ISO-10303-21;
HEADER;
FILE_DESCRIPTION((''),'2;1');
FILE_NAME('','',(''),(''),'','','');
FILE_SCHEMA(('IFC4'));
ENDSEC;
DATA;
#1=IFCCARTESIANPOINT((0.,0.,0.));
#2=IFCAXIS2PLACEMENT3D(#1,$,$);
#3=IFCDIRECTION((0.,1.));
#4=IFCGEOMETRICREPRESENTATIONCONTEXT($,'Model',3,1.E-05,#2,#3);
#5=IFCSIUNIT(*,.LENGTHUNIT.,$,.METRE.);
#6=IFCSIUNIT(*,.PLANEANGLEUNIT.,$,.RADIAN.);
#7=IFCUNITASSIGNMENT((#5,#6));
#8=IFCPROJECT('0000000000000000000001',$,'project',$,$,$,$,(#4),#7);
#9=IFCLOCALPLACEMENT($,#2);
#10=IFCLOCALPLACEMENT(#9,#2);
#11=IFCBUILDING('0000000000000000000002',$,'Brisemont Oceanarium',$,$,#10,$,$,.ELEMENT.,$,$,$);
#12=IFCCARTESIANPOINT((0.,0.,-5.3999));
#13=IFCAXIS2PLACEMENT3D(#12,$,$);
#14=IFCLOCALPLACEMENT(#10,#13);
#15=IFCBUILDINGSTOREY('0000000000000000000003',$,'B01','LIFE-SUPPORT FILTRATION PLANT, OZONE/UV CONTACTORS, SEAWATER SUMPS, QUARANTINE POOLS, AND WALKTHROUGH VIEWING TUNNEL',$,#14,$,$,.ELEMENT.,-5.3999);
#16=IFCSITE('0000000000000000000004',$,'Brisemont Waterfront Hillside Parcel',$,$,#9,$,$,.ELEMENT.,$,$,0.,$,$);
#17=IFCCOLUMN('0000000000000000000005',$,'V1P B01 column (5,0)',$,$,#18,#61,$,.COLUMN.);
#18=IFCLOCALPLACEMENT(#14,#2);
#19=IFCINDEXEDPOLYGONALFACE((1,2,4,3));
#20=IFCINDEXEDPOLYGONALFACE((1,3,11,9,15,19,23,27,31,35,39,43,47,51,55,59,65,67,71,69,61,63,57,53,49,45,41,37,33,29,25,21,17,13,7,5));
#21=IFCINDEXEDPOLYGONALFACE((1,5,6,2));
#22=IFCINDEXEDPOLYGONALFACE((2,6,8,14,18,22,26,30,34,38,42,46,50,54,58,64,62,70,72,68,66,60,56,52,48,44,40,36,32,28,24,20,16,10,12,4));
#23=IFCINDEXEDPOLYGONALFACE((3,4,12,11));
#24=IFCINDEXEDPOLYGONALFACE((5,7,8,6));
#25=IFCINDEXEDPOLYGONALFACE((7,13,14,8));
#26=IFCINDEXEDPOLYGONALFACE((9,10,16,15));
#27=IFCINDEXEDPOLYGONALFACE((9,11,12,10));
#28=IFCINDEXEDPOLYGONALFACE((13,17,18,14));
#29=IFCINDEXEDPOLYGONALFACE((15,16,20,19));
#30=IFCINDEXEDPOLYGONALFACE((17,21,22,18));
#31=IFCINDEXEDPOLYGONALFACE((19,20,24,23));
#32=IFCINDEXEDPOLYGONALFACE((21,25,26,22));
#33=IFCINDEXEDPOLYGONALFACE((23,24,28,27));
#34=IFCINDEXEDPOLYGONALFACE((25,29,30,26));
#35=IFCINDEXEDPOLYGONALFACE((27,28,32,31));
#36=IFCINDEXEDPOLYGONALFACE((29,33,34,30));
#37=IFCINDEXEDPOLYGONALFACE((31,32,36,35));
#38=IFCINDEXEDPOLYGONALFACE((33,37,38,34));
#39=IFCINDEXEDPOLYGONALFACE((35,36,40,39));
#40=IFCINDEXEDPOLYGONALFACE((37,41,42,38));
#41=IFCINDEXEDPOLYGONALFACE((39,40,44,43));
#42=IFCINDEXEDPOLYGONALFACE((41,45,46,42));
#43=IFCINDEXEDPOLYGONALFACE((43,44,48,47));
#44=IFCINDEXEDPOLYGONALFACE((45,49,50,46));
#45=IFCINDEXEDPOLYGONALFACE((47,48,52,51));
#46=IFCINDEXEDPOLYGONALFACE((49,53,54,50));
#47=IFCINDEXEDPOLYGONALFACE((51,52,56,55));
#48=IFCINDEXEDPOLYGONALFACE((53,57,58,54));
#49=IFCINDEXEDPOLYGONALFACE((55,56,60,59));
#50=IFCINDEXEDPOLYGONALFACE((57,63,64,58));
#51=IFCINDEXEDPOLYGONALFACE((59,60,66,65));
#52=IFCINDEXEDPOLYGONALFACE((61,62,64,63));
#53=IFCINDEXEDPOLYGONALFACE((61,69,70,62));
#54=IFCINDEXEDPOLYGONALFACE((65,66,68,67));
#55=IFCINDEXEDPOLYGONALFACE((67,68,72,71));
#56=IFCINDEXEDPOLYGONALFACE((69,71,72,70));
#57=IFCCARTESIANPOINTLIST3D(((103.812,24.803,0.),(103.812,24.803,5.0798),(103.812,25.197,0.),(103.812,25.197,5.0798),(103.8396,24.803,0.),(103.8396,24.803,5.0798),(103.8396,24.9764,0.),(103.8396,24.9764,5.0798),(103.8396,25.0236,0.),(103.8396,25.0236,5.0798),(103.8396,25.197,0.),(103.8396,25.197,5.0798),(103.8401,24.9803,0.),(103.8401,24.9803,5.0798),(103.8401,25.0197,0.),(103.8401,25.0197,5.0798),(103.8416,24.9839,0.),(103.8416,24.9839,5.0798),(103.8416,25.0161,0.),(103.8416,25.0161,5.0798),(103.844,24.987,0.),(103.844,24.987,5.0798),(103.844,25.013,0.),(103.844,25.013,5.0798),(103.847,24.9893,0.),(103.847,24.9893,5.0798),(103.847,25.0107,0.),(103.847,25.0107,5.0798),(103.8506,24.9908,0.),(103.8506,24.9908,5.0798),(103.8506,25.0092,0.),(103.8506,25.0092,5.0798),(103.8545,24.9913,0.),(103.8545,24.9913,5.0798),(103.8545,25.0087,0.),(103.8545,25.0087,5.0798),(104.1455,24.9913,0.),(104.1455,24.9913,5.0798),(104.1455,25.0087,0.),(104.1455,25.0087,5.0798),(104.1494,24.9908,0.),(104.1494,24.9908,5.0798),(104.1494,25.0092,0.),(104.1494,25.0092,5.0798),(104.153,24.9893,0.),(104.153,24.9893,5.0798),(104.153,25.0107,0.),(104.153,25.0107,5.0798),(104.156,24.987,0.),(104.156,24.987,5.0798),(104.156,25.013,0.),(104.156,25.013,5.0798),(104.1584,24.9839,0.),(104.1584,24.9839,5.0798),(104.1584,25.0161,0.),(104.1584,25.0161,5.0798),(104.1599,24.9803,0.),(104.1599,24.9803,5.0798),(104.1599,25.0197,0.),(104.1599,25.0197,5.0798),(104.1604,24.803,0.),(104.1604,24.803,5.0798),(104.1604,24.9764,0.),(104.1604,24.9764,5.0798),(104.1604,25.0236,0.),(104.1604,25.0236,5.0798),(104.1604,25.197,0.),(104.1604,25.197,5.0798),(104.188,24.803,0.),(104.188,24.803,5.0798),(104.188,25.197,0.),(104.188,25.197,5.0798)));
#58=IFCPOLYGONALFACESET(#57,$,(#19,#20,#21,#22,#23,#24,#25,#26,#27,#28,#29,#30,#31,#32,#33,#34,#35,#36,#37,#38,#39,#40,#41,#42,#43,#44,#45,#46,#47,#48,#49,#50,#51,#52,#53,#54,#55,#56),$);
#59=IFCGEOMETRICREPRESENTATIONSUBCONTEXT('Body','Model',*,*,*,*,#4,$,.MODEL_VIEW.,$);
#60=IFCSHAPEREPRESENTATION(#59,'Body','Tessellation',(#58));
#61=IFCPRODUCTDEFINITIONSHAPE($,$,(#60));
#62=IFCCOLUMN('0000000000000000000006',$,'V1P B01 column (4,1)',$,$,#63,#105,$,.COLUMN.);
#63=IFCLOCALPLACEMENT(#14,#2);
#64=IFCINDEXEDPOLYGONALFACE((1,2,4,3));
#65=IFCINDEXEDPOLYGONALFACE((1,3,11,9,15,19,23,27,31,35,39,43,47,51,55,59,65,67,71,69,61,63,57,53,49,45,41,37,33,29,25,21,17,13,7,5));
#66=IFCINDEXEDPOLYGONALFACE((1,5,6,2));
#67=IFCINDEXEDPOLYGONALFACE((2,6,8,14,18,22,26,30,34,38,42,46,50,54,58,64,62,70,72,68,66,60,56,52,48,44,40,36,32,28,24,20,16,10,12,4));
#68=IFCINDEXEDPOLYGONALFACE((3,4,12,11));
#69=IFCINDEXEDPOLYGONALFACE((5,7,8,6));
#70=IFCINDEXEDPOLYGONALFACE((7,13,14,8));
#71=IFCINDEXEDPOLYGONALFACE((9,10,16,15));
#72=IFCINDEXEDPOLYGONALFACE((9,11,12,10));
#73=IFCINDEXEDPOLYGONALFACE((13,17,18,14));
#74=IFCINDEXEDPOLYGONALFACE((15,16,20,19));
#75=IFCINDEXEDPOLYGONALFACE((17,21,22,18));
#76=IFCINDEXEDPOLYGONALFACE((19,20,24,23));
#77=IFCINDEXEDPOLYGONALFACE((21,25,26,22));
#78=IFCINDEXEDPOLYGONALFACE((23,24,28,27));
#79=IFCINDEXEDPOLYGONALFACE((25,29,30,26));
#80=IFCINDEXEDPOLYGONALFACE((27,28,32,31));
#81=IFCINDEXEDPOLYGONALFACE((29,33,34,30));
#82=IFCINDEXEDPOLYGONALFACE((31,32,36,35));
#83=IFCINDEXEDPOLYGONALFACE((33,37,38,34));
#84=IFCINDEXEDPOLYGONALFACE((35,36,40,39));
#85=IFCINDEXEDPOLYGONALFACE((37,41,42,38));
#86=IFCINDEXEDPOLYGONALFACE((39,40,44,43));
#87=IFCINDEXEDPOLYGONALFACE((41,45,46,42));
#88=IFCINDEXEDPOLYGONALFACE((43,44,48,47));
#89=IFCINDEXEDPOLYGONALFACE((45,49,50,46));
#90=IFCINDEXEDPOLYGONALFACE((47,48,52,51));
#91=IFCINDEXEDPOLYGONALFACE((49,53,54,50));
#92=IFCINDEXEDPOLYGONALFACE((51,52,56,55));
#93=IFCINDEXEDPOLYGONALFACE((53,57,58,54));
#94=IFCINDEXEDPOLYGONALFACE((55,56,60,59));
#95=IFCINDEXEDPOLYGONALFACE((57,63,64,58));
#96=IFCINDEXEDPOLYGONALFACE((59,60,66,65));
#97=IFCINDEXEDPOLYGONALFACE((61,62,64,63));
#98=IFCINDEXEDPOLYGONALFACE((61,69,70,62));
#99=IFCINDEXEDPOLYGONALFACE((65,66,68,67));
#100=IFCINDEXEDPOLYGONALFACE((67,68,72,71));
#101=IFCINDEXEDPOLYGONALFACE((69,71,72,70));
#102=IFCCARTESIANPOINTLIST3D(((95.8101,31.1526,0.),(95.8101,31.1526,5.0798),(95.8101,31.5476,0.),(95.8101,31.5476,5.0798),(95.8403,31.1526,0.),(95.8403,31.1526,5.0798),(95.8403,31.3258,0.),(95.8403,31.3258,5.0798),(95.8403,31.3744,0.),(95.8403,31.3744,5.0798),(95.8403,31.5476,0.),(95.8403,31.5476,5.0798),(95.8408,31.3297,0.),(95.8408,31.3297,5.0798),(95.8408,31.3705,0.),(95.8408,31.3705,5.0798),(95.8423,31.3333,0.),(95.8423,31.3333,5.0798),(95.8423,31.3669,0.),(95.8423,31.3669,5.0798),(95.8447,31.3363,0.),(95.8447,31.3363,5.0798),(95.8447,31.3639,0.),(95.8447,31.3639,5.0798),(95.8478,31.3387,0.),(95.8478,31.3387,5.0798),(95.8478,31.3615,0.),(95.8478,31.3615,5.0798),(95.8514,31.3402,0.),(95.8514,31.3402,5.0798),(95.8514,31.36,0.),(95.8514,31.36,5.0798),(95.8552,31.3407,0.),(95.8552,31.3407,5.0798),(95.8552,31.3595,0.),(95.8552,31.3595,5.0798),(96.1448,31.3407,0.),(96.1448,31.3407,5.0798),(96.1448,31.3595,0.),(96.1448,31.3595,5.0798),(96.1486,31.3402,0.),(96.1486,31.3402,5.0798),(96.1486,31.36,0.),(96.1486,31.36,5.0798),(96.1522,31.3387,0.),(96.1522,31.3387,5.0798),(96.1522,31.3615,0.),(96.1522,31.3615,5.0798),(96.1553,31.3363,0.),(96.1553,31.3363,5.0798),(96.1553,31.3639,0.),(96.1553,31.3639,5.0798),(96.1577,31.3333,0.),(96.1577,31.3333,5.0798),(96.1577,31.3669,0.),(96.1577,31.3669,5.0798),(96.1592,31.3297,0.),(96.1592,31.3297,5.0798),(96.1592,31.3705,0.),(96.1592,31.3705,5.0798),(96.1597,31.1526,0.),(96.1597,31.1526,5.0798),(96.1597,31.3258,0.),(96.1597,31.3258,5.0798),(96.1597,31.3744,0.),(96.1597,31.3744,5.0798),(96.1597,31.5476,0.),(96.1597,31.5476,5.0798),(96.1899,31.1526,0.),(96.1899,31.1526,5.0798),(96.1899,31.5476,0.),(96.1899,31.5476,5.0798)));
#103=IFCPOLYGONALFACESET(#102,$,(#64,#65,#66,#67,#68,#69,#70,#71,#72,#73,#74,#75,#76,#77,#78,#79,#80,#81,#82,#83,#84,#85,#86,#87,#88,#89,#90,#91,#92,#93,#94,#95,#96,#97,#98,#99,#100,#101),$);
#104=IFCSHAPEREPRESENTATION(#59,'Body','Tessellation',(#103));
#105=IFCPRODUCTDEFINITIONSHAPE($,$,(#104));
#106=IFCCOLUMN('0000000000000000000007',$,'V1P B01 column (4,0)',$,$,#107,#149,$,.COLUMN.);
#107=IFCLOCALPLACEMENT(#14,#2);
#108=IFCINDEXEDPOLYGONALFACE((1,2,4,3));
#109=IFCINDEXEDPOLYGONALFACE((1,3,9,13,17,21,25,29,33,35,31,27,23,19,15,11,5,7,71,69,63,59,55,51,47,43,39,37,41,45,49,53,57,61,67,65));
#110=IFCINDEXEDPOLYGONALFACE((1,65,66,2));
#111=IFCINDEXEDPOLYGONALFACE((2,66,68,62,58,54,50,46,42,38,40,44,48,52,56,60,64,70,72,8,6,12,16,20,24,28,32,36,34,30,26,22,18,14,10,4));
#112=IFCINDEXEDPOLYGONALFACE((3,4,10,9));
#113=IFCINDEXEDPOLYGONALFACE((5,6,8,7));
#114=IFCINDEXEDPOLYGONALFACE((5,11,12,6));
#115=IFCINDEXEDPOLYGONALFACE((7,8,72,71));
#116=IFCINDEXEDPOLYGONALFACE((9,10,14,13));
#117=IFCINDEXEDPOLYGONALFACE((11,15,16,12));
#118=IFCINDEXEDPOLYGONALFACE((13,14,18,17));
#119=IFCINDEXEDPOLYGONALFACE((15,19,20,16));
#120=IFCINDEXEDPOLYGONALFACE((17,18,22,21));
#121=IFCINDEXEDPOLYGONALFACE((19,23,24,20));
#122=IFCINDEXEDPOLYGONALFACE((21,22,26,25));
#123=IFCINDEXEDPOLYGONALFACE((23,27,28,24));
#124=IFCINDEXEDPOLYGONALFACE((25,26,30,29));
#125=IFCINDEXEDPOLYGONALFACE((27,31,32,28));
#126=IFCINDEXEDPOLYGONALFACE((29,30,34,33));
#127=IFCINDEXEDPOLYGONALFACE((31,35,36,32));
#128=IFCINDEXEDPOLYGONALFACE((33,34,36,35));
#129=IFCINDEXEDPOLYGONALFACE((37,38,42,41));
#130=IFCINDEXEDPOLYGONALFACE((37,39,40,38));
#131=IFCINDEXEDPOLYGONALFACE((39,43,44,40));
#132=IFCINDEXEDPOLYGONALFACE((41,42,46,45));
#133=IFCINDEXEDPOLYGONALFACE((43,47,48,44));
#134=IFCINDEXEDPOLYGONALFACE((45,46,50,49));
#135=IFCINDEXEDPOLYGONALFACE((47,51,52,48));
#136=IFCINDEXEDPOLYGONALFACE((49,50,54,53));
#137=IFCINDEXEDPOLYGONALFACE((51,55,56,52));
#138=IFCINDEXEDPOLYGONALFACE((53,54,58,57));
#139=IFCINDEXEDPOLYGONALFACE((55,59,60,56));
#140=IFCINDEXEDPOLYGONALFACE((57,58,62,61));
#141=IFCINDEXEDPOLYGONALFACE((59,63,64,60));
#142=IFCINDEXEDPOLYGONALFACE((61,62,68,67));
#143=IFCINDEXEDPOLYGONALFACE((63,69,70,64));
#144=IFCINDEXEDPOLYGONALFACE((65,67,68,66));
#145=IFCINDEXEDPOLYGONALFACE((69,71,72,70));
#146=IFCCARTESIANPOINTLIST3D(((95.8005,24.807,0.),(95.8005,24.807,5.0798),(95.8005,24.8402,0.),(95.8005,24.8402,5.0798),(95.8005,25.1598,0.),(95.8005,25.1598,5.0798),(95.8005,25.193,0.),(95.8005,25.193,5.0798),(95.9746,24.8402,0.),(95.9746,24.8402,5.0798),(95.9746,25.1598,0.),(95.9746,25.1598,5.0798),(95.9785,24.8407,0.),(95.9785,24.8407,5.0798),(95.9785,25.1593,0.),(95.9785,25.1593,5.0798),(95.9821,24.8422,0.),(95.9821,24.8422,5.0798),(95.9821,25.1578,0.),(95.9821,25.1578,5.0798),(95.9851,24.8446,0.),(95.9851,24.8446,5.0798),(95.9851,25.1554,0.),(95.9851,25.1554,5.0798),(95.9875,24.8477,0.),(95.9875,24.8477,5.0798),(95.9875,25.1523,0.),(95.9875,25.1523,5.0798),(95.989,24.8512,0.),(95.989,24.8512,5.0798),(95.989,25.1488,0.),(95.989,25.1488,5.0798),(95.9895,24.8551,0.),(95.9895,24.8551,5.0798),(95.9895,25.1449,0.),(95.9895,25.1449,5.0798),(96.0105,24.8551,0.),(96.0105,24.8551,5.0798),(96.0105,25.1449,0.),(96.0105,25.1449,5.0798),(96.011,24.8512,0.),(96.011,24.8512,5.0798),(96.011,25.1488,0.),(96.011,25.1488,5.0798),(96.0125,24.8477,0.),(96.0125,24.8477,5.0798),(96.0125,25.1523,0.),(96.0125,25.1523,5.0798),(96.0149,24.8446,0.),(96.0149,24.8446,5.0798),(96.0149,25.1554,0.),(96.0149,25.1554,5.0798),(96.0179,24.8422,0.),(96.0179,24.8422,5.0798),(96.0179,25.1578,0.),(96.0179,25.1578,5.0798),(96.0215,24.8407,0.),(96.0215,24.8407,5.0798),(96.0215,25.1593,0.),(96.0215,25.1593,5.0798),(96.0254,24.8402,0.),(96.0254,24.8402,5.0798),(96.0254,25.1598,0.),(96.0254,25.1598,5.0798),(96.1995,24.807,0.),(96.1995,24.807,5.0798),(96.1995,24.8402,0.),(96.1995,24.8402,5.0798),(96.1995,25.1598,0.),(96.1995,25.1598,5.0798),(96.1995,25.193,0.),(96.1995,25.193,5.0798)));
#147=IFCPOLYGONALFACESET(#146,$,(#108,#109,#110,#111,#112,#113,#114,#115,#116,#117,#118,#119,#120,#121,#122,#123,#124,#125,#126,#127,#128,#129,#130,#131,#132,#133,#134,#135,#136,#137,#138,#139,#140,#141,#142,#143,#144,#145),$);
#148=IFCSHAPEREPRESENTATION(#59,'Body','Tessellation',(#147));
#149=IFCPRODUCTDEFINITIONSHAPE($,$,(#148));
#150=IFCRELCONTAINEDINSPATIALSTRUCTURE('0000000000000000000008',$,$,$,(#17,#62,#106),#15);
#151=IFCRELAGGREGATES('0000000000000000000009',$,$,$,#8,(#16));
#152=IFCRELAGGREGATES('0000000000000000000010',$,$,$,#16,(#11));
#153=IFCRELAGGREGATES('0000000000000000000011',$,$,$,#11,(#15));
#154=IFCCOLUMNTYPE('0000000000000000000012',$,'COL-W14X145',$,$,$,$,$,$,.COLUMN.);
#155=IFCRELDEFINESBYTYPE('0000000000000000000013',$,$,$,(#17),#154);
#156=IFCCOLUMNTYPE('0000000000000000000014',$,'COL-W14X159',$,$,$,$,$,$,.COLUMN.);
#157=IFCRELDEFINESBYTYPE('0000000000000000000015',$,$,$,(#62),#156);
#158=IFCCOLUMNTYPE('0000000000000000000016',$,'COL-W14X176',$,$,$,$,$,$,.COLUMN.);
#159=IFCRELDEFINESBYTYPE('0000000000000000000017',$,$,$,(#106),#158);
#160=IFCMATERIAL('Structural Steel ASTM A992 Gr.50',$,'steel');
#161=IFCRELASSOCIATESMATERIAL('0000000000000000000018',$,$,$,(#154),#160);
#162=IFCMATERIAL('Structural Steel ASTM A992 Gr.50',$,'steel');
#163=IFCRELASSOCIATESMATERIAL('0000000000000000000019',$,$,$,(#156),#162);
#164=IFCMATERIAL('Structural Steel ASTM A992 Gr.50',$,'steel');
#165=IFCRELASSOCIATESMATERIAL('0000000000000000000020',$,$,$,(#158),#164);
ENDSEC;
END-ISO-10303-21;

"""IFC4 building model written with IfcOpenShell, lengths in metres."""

from ifc_helpers import new_model, si_unit, direction, frame, origin, origin_2d, place, context, subcontext, project, spatial, i_section, extrude, material, material_profile, profile_set, type_object, element, save


model = new_model("IFC4")

# Units and contexts
model_context = context("Model", 3, precision=1e-05, world=origin(), true_north=direction((0.0, 1.0)))
body_context = subcontext(model_context, "Body", "Model", "MODEL_VIEW")
ifc_project = project(units=[si_unit("LENGTHUNIT", "METRE"), si_unit("PLANEANGLEUNIT", "RADIAN")], contexts=[model_context])

# Site, building, storey
site_placement = place(None, origin())
site = spatial("IfcSite", under=ifc_project, at=site_placement, Name="Brisemont Waterfront Hillside Parcel", CompositionType="ELEMENT", RefElevation=0.0)
building_placement = place(site_placement, origin())
building = spatial("IfcBuilding", under=site, at=building_placement, Name="Brisemont Oceanarium", CompositionType="ELEMENT")
storey_placement = place(building_placement, frame((0.0, 0.0, -5.3999)))
storey = spatial("IfcBuildingStorey", under=building, at=storey_placement, Name="B01", Description="LIFE-SUPPORT FILTRATION PLANT, OZONE/UV CONTACTORS, SEAWATER SUMPS, QUARANTINE POOLS, AND WALKTHROUGH VIEWING TUNNEL", CompositionType="ELEMENT", Elevation=-5.3999)

# Columns
ifc_material_1 = material(Name="Structural Steel ASTM A992 Gr.50", Category="steel")
ifc_material_profile_1 = material_profile(ifc_material_1, i_section(OverallWidth=0.394, OverallDepth=0.376, WebThickness=0.0173, FlangeThickness=0.0276, FilletRadius=0.0149, at=origin_2d()), Name="W14X145")
ifc_profile_set_1 = profile_set([ifc_material_profile_1], Name="Structural Steel ASTM A992 Gr.50")
column_type_1 = type_object("IfcColumnType", Name="COL-W14X145", PredefinedType="COLUMN", material=ifc_profile_set_1)
column_1_placement = place(storey_placement, frame((104.0, 25.0, 0.0), z_axis=(0.0, 0.0, 1.0), x_axis=(0.0, 1.0, 0.0)))
element("IfcColumn", 1, at=column_1_placement, inside=storey, type_object=column_type_1, Name="V1P B01 column (5,0)", PredefinedType="COLUMN", context=body_context, shape_type="SweptSolid", body=[
    extrude(i_section(OverallWidth=0.394, OverallDepth=0.376, WebThickness=0.0173, FlangeThickness=0.0276, FilletRadius=0.0149, at=origin_2d()), origin(), (0.0, 0.0, 1.0), 5.0798),
])
ifc_material_2 = material(Name="Structural Steel ASTM A992 Gr.50", Category="steel")
ifc_material_profile_2 = material_profile(ifc_material_2, i_section(OverallWidth=0.395, OverallDepth=0.3799, WebThickness=0.0188, FlangeThickness=0.0303, FilletRadius=0.0149, at=origin_2d()), Name="W14X159")
ifc_profile_set_2 = profile_set([ifc_material_profile_2], Name="Structural Steel ASTM A992 Gr.50")
column_type_2 = type_object("IfcColumnType", Name="COL-W14X159", PredefinedType="COLUMN", material=ifc_profile_set_2)
column_2_placement = place(storey_placement, frame((96.0, 31.3501, 0.0), z_axis=(0.0, 0.0, 1.0), x_axis=(0.0, 1.0, 0.0)))
element("IfcColumn", 2, at=column_2_placement, inside=storey, type_object=column_type_2, Name="V1P B01 column (4,1)", PredefinedType="COLUMN", context=body_context, shape_type="SweptSolid", body=[
    extrude(i_section(OverallWidth=0.395, OverallDepth=0.3799, WebThickness=0.0188, FlangeThickness=0.0303, FilletRadius=0.0149, at=origin_2d()), origin(), (0.0, 0.0, 1.0), 5.0798),
])
ifc_material_3 = material(Name="Structural Steel ASTM A992 Gr.50", Category="steel")
ifc_material_profile_3 = material_profile(ifc_material_3, i_section(OverallWidth=0.3989, OverallDepth=0.386, WebThickness=0.021, FlangeThickness=0.0332, FilletRadius=0.0149, at=origin_2d()), Name="W14X176")
ifc_profile_set_3 = profile_set([ifc_material_profile_3], Name="Structural Steel ASTM A992 Gr.50")
column_type_3 = type_object("IfcColumnType", Name="COL-W14X176", PredefinedType="COLUMN", material=ifc_profile_set_3)
column_3_placement = place(storey_placement, frame((96.0, 25.0, 0.0), z_axis=(0.0, 0.0, 1.0), x_axis=(1.0, 0.0, 0.0)))
element("IfcColumn", 3, at=column_3_placement, inside=storey, type_object=column_type_3, Name="V1P B01 column (4,0)", PredefinedType="COLUMN", context=body_context, shape_type="SweptSolid", body=[
    extrude(i_section(OverallWidth=0.3989, OverallDepth=0.386, WebThickness=0.021, FlangeThickness=0.0332, FilletRadius=0.0149, at=origin_2d()), origin(), (0.0, 0.0, 1.0), 5.0798),
])

save(model, "model.ifc")
